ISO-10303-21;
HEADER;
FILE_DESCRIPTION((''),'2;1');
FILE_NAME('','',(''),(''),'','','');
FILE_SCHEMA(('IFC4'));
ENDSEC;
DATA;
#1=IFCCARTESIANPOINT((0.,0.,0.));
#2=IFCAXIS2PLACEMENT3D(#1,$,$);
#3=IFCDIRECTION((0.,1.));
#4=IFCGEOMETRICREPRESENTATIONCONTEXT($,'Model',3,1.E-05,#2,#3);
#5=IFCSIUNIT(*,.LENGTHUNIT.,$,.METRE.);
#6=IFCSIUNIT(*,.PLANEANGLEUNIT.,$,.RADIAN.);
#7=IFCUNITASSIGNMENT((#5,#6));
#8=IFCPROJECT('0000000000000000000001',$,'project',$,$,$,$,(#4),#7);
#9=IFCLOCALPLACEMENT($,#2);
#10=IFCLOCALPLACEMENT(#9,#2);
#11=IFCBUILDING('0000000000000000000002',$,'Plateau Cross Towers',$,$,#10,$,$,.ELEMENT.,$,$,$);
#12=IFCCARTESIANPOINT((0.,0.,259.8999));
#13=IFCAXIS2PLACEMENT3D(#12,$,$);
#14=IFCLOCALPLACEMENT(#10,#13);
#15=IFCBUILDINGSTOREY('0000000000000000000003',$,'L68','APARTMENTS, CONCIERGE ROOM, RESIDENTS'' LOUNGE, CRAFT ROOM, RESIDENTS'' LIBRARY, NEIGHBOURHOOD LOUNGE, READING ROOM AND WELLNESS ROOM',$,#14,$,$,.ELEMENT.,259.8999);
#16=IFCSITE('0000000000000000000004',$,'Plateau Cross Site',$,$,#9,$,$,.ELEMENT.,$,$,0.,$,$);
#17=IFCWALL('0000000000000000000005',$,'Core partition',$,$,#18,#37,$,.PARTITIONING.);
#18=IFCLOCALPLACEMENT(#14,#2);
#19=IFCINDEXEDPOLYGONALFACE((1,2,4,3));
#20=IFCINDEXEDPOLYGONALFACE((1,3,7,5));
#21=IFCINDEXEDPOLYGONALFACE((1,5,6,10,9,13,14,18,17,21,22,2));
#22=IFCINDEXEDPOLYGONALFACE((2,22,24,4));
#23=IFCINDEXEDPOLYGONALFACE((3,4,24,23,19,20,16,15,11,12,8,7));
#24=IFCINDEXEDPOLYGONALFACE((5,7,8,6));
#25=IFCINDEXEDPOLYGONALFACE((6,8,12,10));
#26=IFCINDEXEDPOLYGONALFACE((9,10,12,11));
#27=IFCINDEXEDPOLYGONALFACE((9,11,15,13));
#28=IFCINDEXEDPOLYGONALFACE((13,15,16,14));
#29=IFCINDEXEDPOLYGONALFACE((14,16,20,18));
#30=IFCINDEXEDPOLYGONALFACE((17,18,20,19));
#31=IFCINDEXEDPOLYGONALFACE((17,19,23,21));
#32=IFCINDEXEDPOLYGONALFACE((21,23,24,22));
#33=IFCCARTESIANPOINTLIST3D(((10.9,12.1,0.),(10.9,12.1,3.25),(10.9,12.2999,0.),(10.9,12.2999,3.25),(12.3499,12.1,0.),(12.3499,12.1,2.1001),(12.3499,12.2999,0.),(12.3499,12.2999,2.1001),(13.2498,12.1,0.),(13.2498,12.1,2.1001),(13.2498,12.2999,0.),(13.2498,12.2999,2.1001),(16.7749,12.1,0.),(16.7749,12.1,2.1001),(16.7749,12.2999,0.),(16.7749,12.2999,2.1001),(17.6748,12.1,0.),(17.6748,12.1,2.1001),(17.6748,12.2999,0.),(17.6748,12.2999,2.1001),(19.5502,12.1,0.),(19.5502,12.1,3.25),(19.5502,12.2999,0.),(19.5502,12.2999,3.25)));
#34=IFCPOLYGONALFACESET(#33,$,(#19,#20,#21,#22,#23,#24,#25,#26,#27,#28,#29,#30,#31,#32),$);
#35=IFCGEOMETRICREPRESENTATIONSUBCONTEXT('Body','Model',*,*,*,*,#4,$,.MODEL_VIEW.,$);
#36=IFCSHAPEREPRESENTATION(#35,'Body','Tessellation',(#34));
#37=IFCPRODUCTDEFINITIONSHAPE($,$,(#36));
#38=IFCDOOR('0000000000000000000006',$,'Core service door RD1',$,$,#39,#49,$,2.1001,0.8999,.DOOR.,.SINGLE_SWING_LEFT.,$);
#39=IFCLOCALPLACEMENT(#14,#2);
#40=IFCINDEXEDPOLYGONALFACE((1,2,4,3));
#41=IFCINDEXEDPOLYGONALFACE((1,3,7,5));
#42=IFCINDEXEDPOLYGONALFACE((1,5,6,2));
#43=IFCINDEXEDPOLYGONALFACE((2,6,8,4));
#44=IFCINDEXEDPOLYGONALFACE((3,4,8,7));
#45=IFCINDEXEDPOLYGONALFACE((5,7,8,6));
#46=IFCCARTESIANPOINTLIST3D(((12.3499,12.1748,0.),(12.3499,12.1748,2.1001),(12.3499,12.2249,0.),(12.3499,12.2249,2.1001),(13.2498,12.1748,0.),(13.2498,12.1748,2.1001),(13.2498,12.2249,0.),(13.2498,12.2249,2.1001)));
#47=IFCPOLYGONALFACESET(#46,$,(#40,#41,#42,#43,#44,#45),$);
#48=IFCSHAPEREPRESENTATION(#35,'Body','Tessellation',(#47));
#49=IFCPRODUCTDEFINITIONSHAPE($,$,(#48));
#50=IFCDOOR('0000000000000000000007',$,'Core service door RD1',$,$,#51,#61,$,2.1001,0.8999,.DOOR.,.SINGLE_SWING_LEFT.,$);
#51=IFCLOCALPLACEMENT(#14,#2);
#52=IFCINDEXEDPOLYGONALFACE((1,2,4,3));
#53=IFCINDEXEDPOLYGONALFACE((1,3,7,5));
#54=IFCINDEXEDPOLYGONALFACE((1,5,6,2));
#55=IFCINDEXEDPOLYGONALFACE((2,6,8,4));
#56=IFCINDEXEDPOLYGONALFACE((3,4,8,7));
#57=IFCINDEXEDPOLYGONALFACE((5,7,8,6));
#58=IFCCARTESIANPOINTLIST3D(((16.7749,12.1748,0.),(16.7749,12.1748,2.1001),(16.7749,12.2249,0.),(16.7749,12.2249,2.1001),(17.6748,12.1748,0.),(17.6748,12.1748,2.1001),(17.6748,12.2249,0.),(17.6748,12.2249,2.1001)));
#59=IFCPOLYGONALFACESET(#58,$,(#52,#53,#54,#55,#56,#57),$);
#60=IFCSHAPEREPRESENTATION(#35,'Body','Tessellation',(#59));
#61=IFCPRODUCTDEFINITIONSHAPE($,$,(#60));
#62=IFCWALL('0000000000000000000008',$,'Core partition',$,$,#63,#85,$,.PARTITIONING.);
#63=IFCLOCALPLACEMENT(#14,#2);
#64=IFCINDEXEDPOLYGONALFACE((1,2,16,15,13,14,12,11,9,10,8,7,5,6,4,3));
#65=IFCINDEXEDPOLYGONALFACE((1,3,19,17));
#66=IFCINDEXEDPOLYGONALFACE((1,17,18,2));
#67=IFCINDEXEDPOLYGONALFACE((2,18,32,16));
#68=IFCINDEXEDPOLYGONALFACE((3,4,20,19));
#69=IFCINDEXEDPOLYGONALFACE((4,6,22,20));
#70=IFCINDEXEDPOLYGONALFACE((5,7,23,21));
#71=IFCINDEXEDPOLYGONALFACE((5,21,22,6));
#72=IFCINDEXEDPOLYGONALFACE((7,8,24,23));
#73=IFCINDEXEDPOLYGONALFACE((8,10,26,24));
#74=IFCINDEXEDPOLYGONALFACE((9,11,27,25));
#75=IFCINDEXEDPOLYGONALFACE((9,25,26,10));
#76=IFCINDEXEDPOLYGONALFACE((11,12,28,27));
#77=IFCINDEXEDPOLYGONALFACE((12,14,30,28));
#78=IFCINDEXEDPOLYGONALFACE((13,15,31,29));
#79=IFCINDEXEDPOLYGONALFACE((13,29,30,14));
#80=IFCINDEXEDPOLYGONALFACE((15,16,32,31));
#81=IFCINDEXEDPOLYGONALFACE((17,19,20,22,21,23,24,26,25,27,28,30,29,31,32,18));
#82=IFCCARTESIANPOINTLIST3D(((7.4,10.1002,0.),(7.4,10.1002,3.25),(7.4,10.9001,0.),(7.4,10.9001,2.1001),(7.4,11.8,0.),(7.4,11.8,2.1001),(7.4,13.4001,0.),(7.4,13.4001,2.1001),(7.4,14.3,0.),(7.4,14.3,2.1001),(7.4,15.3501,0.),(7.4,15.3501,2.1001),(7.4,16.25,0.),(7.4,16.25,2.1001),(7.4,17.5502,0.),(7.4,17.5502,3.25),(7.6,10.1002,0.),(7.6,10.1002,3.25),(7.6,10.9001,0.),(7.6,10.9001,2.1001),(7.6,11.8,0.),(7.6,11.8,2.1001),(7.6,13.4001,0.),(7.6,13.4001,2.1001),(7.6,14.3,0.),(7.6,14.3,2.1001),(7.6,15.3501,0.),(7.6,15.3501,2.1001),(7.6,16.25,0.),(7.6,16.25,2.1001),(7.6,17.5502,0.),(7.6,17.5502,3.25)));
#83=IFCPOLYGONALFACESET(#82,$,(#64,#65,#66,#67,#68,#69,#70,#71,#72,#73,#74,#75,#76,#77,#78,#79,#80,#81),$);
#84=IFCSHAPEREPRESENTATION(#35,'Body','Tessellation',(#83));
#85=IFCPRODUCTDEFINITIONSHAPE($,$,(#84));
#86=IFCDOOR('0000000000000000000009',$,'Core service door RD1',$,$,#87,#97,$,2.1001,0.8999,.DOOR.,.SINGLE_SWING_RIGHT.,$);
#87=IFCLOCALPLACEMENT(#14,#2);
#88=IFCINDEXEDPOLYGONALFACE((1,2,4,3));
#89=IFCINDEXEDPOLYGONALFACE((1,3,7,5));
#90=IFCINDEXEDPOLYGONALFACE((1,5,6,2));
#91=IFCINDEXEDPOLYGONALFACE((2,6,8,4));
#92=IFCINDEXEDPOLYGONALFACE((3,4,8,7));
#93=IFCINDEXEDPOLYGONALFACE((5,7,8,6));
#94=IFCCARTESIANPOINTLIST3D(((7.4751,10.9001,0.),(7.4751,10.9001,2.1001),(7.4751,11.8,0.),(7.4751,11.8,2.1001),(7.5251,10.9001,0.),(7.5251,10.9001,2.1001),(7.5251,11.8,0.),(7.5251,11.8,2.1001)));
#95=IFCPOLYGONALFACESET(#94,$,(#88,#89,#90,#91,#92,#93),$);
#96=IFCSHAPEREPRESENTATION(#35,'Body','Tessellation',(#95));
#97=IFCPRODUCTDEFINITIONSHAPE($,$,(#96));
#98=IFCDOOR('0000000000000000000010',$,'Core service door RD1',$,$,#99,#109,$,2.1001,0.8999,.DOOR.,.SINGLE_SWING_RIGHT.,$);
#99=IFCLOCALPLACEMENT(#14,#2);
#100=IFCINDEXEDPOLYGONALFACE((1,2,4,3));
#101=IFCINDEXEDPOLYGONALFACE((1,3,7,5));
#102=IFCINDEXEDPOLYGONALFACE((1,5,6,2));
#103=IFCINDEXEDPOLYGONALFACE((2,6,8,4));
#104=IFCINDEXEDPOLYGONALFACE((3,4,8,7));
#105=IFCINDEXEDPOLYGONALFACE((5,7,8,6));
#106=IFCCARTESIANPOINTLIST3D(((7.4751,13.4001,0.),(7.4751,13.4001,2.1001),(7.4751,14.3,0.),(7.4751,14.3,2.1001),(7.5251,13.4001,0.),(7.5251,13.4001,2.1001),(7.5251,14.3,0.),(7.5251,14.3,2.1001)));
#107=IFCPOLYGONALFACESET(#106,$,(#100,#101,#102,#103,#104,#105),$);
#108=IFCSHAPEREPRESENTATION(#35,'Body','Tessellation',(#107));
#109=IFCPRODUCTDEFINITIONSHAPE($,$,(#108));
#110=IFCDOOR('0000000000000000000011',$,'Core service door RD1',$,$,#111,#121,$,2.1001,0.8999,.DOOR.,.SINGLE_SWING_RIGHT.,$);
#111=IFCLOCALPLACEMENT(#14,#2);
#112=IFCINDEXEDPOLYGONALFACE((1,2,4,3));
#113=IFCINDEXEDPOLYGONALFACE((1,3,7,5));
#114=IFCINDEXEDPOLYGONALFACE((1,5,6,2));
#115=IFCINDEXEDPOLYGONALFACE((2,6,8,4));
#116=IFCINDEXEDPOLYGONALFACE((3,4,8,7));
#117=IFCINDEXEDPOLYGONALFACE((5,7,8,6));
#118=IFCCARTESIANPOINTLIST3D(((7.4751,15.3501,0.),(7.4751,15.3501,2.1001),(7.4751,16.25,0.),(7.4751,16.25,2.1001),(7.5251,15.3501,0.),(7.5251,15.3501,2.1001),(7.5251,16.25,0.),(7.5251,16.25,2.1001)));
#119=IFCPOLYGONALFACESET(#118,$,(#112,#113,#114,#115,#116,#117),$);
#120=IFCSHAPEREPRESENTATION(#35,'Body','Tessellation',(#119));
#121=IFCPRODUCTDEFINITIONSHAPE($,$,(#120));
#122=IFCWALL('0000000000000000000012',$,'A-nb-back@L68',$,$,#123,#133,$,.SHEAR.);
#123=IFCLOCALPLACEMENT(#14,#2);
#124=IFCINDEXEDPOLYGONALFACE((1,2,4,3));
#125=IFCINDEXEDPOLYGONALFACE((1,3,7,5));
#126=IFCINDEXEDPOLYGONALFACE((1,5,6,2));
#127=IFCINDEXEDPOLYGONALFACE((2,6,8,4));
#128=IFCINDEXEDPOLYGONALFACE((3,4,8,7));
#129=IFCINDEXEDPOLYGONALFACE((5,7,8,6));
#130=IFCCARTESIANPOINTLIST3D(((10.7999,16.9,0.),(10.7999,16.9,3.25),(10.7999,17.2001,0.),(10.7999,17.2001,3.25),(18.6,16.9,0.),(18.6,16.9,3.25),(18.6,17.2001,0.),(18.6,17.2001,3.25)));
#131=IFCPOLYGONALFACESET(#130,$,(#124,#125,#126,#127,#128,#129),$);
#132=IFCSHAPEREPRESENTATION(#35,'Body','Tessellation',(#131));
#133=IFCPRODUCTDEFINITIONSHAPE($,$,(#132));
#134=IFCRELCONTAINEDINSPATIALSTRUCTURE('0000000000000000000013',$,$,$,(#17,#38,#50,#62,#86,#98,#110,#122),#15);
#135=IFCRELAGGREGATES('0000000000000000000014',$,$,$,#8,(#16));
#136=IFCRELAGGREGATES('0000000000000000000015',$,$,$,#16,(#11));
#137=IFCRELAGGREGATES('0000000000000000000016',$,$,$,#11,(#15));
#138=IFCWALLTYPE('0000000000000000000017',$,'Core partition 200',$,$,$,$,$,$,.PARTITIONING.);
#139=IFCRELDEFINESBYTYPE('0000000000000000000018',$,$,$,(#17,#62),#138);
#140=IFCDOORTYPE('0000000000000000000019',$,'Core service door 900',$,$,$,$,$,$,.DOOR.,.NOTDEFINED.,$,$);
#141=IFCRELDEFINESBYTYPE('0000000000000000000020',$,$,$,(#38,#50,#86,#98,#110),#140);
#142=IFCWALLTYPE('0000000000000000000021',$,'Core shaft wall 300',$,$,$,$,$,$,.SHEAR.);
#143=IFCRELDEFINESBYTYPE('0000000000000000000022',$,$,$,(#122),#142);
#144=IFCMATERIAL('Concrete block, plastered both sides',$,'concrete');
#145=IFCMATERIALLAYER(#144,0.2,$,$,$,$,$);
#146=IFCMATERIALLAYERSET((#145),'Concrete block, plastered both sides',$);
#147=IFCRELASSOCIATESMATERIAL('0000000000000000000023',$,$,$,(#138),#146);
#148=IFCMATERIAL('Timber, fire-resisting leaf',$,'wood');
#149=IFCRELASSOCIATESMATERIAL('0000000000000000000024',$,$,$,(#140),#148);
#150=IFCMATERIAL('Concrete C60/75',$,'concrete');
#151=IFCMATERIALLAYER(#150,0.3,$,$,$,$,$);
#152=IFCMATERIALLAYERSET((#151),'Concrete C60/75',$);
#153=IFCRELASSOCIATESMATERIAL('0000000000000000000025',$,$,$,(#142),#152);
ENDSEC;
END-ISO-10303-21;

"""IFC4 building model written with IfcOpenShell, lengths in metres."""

from ifc_helpers import new_model, si_unit, direction, frame, frame_2d, origin, place, context, subcontext, project, spatial, rectangle, extrude, material, layer, layer_set, type_object, element, fill, save


model = new_model("IFC4")

# Units and contexts
model_context = context("Model", 3, precision=1e-05, world=origin(), true_north=direction((0.0, 1.0)))
body_context = subcontext(model_context, "Body", "Model", "MODEL_VIEW")
ifc_project = project(units=[si_unit("LENGTHUNIT", "METRE"), si_unit("PLANEANGLEUNIT", "RADIAN")], contexts=[model_context])

# Site, building, storey
site_placement = place(None, origin())
site = spatial("IfcSite", under=ifc_project, at=site_placement, Name="Plateau Cross Site", CompositionType="ELEMENT", RefElevation=0.0)
building_placement = place(site_placement, origin())
building = spatial("IfcBuilding", under=site, at=building_placement, Name="Plateau Cross Towers", CompositionType="ELEMENT")
storey_placement = place(building_placement, frame((0.0, 0.0, 259.8999)))
storey = spatial("IfcBuildingStorey", under=building, at=storey_placement, Name="L68", Description="APARTMENTS, CONCIERGE ROOM, RESIDENTS' LOUNGE, CRAFT ROOM, RESIDENTS' LIBRARY, NEIGHBOURHOOD LOUNGE, READING ROOM AND WELLNESS ROOM", CompositionType="ELEMENT", Elevation=259.8999)

# Shared definitions
ifc_material_1 = material(Name="Concrete block, plastered both sides", Category="concrete")
ifc_layer_1 = layer(ifc_material_1, 0.2)
ifc_layer_set_1 = layer_set([ifc_layer_1], Name="Concrete block, plastered both sides")
wall_type_1 = type_object("IfcWallType", Name="Core partition 200", PredefinedType="PARTITIONING", material=ifc_layer_set_1)

# Shared definitions
ifc_material_2 = material(Name="Timber, fire-resisting leaf", Category="wood")
door_type_1 = type_object("IfcDoorType", Name="Core service door 900", OperationType="NOTDEFINED", PredefinedType="DOOR", material=ifc_material_2)

# Walls, openings, doors
wall_1_placement = place(storey_placement, frame((10.8999, 12.2, 0.0), z_axis=(0.0, 0.0, 1.0), x_axis=(1.0, 0.0, 0.0)))
wall_1 = element("IfcWall", 1, at=wall_1_placement, inside=storey, type_object=wall_type_1, Name="Core partition", PredefinedType="PARTITIONING", context=body_context, shape_type="SweptSolid", body=[
    extrude(rectangle(XDim=8.6501, YDim=0.2, at=frame_2d((4.3252, 0.0))), origin(), (0.0, 0.0, 1.0), 3.25),
])
opening_1_placement = place(wall_1_placement, frame((1.45, 0.0, 0.0)))
opening_1 = element("IfcOpeningElement", 2, at=opening_1_placement, cuts=wall_1, PredefinedType="OPENING", context=body_context, shape_type="SweptSolid", body=[
    extrude(rectangle(XDim=0.8999, YDim=2.1001, at=frame_2d((0.45, 1.05))), frame((0.0, 0.1099, 0.0), z_axis=(0.0, -1.0, 0.0), x_axis=(1.0, 0.0, 0.0)), (0.0, 0.0, 1.0), 0.22),
])
opening_2_placement = place(wall_1_placement, frame((5.875, 0.0, 0.0)))
opening_2 = element("IfcOpeningElement", 3, at=opening_2_placement, cuts=wall_1, PredefinedType="OPENING", context=body_context, shape_type="SweptSolid", body=[
    extrude(rectangle(XDim=0.8999, YDim=2.1001, at=frame_2d((0.45, 1.05))), frame((0.0, 0.1099, 0.0), z_axis=(0.0, -1.0, 0.0), x_axis=(1.0, 0.0, 0.0)), (0.0, 0.0, 1.0), 0.22),
])
door_1_placement = place(opening_1_placement, origin())
door_1 = element("IfcDoor", 4, at=door_1_placement, inside=storey, type_object=door_type_1, Name="Core service door RD1", OperationType="SINGLE_SWING_LEFT", OverallHeight=2.1001, OverallWidth=0.8999, PredefinedType="DOOR", context=body_context, shape_type="SweptSolid", body=[
    extrude(rectangle(XDim=0.8999, YDim=2.1001, at=frame_2d((0.45, 1.05))), frame((0.0, 0.0249, 0.0), z_axis=(0.0, -1.0, 0.0), x_axis=(1.0, 0.0, 0.0)), (0.0, 0.0, 1.0), 0.05),
])
fill(opening_1, door_1)
door_2_placement = place(opening_2_placement, origin())
door_2 = element("IfcDoor", 5, at=door_2_placement, inside=storey, type_object=door_type_1, Name="Core service door RD1", OperationType="SINGLE_SWING_LEFT", OverallHeight=2.1001, OverallWidth=0.8999, PredefinedType="DOOR", context=body_context, shape_type="SweptSolid", body=[
    extrude(rectangle(XDim=0.8999, YDim=2.1001, at=frame_2d((0.45, 1.05))), frame((0.0, 0.0249, 0.0), z_axis=(0.0, -1.0, 0.0), x_axis=(1.0, 0.0, 0.0)), (0.0, 0.0, 1.0), 0.05),
])
fill(opening_2, door_2)
wall_2_placement = place(storey_placement, frame((7.5, 10.1001, 0.0), z_axis=(0.0, 0.0, 1.0), x_axis=(0.0, 1.0, 0.0)))
wall_2 = element("IfcWall", 6, at=wall_2_placement, inside=storey, type_object=wall_type_1, Name="Core partition", PredefinedType="PARTITIONING", context=body_context, shape_type="SweptSolid", body=[
    extrude(rectangle(XDim=7.45, YDim=0.2, at=frame_2d((3.7251, 0.0))), origin(), (0.0, 0.0, 1.0), 3.25),
])
opening_3_placement = place(wall_2_placement, frame((0.8, 0.0, 0.0)))
opening_3 = element("IfcOpeningElement", 7, at=opening_3_placement, cuts=wall_2, PredefinedType="OPENING", context=body_context, shape_type="SweptSolid", body=[
    extrude(rectangle(XDim=0.8999, YDim=2.1001, at=frame_2d((0.45, 1.05))), frame((0.0, 0.1099, 0.0), z_axis=(0.0, -1.0, 0.0), x_axis=(1.0, 0.0, 0.0)), (0.0, 0.0, 1.0), 0.22),
])
opening_4_placement = place(wall_2_placement, frame((3.3, 0.0, 0.0)))
opening_4 = element("IfcOpeningElement", 8, at=opening_4_placement, cuts=wall_2, PredefinedType="OPENING", context=body_context, shape_type="SweptSolid", body=[
    extrude(rectangle(XDim=0.8999, YDim=2.1001, at=frame_2d((0.45, 1.05))), frame((0.0, 0.1099, 0.0), z_axis=(0.0, -1.0, 0.0), x_axis=(1.0, 0.0, 0.0)), (0.0, 0.0, 1.0), 0.22),
])
opening_5_placement = place(wall_2_placement, frame((5.25, 0.0, 0.0)))
opening_5 = element("IfcOpeningElement", 9, at=opening_5_placement, cuts=wall_2, PredefinedType="OPENING", context=body_context, shape_type="SweptSolid", body=[
    extrude(rectangle(XDim=0.8999, YDim=2.1001, at=frame_2d((0.45, 1.05))), frame((0.0, 0.1099, 0.0), z_axis=(0.0, -1.0, 0.0), x_axis=(1.0, 0.0, 0.0)), (0.0, 0.0, 1.0), 0.22),
])
door_3_placement = place(opening_3_placement, origin())
door_3 = element("IfcDoor", 10, at=door_3_placement, inside=storey, type_object=door_type_1, Name="Core service door RD1", OperationType="SINGLE_SWING_RIGHT", OverallHeight=2.1001, OverallWidth=0.8999, PredefinedType="DOOR", context=body_context, shape_type="SweptSolid", body=[
    extrude(rectangle(XDim=0.8999, YDim=2.1001, at=frame_2d((0.45, 1.05))), frame((0.0, 0.0249, 0.0), z_axis=(0.0, -1.0, 0.0), x_axis=(1.0, 0.0, 0.0)), (0.0, 0.0, 1.0), 0.05),
])
fill(opening_3, door_3)
door_4_placement = place(opening_4_placement, origin())
door_4 = element("IfcDoor", 11, at=door_4_placement, inside=storey, type_object=door_type_1, Name="Core service door RD1", OperationType="SINGLE_SWING_RIGHT", OverallHeight=2.1001, OverallWidth=0.8999, PredefinedType="DOOR", context=body_context, shape_type="SweptSolid", body=[
    extrude(rectangle(XDim=0.8999, YDim=2.1001, at=frame_2d((0.45, 1.05))), frame((0.0, 0.0249, 0.0), z_axis=(0.0, -1.0, 0.0), x_axis=(1.0, 0.0, 0.0)), (0.0, 0.0, 1.0), 0.05),
])
fill(opening_4, door_4)
door_5_placement = place(opening_5_placement, origin())
door_5 = element("IfcDoor", 12, at=door_5_placement, inside=storey, type_object=door_type_1, Name="Core service door RD1", OperationType="SINGLE_SWING_RIGHT", OverallHeight=2.1001, OverallWidth=0.8999, PredefinedType="DOOR", context=body_context, shape_type="SweptSolid", body=[
    extrude(rectangle(XDim=0.8999, YDim=2.1001, at=frame_2d((0.45, 1.05))), frame((0.0, 0.0249, 0.0), z_axis=(0.0, -1.0, 0.0), x_axis=(1.0, 0.0, 0.0)), (0.0, 0.0, 1.0), 0.05),
])
fill(opening_5, door_5)

# Wall
ifc_material_3 = material(Name="Concrete C60/75", Category="concrete")
ifc_layer_2 = layer(ifc_material_3, 0.3)
ifc_layer_set_2 = layer_set([ifc_layer_2], Name="Concrete C60/75")
wall_type_2 = type_object("IfcWallType", Name="Core shaft wall 300", PredefinedType="SHEAR", material=ifc_layer_set_2)
wall_3_placement = place(storey_placement, frame((10.8, 17.05, 0.0), z_axis=(0.0, 0.0, 1.0), x_axis=(1.0, 0.0, 0.0)))
element("IfcWall", 13, at=wall_3_placement, inside=storey, type_object=wall_type_2, Name="A-nb-back@L68", PredefinedType="SHEAR", context=body_context, shape_type="SweptSolid", body=[
    extrude(rectangle(XDim=7.8, YDim=0.3, at=frame_2d((3.8999, 0.0))), origin(), (0.0, 0.0, 1.0), 3.25),
])

save(model, "model.ifc")
